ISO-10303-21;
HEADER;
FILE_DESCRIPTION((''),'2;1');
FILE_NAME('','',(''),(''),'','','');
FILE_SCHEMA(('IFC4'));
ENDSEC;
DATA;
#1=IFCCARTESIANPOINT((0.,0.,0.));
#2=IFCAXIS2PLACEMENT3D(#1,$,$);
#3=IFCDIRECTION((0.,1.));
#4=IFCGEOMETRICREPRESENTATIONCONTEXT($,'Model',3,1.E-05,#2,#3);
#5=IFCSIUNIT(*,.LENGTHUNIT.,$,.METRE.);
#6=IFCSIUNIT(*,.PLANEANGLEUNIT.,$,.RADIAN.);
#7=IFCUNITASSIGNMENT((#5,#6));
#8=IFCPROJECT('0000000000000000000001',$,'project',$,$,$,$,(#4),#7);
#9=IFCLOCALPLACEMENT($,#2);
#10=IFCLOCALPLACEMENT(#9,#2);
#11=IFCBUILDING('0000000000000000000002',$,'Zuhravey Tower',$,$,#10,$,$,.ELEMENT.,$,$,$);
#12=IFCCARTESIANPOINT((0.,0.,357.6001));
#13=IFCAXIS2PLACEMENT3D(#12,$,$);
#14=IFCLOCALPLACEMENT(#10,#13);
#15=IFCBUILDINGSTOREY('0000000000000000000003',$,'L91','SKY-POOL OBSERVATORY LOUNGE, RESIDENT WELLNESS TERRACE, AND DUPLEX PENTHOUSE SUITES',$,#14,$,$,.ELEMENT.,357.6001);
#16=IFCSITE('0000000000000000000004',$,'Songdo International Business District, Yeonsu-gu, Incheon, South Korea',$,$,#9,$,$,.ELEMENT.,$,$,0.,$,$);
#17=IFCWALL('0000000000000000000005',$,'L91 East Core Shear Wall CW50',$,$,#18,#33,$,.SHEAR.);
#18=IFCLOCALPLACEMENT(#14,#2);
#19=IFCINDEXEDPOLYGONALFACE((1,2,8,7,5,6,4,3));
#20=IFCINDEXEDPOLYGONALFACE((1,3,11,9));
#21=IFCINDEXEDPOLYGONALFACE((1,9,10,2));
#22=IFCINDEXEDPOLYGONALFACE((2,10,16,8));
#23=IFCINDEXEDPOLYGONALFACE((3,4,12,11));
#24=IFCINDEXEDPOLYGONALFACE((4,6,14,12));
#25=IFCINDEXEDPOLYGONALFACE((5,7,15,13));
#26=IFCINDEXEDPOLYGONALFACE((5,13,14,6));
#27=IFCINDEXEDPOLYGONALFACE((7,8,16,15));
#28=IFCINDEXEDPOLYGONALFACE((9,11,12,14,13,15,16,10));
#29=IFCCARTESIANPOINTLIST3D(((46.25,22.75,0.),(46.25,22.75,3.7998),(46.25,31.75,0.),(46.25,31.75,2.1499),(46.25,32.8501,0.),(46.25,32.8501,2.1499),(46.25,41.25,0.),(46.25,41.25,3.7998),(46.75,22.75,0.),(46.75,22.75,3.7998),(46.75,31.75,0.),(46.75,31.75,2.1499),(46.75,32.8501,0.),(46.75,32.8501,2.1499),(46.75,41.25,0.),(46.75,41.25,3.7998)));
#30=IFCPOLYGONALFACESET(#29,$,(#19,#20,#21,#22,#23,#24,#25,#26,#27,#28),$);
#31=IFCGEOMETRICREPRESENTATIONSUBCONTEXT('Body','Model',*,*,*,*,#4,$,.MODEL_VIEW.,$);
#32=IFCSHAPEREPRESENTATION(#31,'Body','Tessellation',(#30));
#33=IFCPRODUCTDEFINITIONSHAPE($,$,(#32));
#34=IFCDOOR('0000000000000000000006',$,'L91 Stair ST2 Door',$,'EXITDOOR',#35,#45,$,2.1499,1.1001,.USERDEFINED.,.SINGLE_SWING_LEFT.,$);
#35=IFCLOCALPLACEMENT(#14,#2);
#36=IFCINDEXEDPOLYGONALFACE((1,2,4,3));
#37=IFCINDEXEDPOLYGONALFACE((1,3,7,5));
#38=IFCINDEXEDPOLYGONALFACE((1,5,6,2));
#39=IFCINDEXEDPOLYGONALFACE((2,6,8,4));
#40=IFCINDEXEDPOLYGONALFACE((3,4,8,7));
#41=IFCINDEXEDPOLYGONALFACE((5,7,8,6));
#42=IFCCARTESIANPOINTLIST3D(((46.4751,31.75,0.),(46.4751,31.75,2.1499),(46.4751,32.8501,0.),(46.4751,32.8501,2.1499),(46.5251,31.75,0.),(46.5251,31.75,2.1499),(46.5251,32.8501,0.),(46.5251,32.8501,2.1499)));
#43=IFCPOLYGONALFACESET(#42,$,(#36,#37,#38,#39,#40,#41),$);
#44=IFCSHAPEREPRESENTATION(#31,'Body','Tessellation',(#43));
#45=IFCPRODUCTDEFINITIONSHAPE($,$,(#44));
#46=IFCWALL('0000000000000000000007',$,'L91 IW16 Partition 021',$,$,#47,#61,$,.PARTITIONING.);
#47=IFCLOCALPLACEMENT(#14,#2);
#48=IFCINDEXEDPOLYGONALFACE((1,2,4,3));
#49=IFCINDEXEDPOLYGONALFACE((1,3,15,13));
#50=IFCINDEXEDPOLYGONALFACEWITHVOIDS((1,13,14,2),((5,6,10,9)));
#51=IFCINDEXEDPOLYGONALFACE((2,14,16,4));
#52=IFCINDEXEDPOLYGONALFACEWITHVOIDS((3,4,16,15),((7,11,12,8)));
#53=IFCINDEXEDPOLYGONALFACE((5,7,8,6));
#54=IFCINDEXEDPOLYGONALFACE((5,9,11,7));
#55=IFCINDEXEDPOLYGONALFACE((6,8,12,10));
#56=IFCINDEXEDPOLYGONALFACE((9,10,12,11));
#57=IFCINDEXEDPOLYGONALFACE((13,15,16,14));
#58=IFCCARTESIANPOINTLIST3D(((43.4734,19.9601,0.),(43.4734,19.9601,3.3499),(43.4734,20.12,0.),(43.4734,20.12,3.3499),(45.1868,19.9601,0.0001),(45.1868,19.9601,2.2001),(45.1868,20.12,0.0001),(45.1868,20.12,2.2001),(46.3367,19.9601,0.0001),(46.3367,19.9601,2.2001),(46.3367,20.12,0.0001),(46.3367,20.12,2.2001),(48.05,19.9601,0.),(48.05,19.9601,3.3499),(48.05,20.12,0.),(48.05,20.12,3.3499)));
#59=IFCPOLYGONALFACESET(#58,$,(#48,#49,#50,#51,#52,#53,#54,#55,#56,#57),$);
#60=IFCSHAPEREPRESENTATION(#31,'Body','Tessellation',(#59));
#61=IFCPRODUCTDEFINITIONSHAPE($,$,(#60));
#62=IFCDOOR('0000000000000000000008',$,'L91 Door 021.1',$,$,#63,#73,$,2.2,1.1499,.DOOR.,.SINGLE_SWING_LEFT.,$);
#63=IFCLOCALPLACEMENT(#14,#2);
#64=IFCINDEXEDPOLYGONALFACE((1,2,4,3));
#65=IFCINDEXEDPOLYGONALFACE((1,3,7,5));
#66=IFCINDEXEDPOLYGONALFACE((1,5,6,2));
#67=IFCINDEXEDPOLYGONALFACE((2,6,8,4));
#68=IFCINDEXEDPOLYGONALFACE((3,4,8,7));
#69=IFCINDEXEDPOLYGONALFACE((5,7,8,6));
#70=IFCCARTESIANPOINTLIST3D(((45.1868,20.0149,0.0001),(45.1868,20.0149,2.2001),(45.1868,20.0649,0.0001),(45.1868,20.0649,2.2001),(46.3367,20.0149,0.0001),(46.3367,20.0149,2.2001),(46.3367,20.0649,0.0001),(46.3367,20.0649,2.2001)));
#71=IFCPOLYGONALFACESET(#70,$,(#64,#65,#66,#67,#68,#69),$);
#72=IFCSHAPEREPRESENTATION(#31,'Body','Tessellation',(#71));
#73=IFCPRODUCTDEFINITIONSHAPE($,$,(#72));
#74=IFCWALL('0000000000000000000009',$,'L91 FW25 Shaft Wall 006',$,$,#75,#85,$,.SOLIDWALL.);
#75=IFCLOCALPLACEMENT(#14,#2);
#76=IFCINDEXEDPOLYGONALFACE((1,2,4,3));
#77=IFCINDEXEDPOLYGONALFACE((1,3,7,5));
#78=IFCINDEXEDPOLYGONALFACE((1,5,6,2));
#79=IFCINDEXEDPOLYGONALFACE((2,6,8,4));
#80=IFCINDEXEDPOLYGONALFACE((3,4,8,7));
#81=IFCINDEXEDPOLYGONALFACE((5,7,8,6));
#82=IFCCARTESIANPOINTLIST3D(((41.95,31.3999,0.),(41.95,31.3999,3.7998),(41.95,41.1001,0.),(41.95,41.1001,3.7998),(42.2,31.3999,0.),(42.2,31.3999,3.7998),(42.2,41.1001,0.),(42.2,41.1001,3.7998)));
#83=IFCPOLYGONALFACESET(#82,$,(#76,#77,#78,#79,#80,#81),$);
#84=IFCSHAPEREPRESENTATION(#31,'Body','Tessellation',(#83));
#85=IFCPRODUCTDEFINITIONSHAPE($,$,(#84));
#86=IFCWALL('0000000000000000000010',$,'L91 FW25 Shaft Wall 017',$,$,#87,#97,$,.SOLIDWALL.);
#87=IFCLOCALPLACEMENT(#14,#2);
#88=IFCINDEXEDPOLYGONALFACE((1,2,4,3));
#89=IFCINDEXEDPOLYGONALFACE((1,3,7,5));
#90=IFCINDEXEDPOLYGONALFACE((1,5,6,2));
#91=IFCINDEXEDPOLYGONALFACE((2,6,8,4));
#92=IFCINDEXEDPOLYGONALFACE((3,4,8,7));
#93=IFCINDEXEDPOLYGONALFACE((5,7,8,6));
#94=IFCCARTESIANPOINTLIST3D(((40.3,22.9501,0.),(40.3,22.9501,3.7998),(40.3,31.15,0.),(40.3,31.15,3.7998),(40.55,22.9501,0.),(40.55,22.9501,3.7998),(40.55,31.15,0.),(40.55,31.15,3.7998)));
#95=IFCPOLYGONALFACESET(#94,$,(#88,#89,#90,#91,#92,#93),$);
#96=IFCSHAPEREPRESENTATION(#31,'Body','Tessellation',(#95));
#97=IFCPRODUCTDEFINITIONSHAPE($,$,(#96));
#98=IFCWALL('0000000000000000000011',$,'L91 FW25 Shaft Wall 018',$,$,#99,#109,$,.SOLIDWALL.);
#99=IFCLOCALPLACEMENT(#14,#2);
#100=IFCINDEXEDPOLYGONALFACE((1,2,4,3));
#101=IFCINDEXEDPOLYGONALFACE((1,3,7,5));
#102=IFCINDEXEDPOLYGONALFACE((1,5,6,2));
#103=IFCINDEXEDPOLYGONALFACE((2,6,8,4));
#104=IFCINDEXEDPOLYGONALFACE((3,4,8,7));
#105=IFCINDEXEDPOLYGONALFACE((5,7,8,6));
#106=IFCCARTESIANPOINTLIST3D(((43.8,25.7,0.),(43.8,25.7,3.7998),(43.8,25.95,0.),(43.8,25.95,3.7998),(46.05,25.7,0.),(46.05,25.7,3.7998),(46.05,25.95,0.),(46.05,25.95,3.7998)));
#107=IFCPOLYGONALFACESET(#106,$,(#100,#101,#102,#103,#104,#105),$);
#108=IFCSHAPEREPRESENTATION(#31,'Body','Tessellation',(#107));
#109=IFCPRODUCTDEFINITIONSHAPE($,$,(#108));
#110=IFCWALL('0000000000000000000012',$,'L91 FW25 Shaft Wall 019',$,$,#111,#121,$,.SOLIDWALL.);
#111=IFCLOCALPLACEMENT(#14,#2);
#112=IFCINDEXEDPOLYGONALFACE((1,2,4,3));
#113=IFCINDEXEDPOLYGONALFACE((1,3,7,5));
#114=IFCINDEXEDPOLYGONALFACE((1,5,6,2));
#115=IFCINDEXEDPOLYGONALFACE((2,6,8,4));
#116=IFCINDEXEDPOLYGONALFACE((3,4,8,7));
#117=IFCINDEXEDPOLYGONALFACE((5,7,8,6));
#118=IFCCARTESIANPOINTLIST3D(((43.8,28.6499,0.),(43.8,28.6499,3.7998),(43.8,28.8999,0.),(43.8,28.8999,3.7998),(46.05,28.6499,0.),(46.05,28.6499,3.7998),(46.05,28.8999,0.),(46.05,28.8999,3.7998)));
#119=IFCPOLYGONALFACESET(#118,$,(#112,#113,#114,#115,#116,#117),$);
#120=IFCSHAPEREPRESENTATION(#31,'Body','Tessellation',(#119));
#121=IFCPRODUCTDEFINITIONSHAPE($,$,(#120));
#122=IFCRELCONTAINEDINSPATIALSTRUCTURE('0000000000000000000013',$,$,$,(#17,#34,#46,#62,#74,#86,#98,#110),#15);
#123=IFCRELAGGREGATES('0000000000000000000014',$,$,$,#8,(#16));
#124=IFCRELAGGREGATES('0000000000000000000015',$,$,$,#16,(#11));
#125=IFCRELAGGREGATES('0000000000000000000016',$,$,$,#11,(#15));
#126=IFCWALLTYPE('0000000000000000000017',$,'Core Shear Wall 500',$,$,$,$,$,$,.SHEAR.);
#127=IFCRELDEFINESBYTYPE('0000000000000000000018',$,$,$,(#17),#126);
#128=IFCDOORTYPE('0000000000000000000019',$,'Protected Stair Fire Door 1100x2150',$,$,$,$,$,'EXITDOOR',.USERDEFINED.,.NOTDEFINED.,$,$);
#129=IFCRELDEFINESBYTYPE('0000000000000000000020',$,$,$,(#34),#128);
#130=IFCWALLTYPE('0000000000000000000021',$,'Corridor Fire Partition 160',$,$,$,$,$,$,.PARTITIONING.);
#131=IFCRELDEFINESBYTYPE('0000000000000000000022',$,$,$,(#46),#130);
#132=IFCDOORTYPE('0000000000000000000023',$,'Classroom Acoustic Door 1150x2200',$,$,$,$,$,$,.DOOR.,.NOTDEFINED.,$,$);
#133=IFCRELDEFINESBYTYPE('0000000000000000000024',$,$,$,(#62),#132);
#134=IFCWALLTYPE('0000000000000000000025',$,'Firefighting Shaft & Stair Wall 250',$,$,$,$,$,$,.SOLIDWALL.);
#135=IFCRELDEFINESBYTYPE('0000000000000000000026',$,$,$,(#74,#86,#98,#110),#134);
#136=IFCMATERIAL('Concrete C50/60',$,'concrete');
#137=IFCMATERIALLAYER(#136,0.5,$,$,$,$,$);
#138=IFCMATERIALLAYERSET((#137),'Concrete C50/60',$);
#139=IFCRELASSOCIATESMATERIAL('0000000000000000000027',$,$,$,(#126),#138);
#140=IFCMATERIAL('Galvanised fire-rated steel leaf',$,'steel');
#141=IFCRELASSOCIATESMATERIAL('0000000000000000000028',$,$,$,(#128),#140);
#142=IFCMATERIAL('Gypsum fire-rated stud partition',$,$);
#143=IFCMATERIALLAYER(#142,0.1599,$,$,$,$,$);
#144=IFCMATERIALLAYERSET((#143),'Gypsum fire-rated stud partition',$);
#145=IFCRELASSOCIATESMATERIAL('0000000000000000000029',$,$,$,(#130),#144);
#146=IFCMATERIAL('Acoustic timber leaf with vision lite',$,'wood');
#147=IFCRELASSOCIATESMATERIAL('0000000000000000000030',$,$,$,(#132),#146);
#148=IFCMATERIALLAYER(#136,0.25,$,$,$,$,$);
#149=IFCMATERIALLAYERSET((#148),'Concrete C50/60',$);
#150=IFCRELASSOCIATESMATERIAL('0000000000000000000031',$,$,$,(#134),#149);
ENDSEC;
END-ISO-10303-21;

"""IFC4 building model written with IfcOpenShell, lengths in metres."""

from ifc_helpers import new_model, si_unit, direction, frame, frame_2d, origin, place, context, subcontext, project, spatial, rectangle, extrude, material, layer, layer_set, type_object, element, fill, save


model = new_model("IFC4")

# Units and contexts
model_context = context("Model", 3, precision=1e-05, world=origin(), true_north=direction((0.0, 1.0)))
body_context = subcontext(model_context, "Body", "Model", "MODEL_VIEW")
ifc_project = project(units=[si_unit("LENGTHUNIT", "METRE"), si_unit("PLANEANGLEUNIT", "RADIAN")], contexts=[model_context])

# Site, building, storey
site_placement = place(None, origin())
site = spatial("IfcSite", under=ifc_project, at=site_placement, Name="Songdo International Business District, Yeonsu-gu, Incheon, South Korea", CompositionType="ELEMENT", RefElevation=0.0)
building_placement = place(site_placement, origin())
building = spatial("IfcBuilding", under=site, at=building_placement, Name="Zuhravey Tower", CompositionType="ELEMENT")
storey_placement = place(building_placement, frame((0.0, 0.0, 357.6001)))
storey = spatial("IfcBuildingStorey", under=building, at=storey_placement, Name="L91", Description="SKY-POOL OBSERVATORY LOUNGE, RESIDENT WELLNESS TERRACE, AND DUPLEX PENTHOUSE SUITES", CompositionType="ELEMENT", Elevation=357.6001)

# Walls, openings, doors
ifc_material_1 = material(Name="Concrete C50/60", Category="concrete")
ifc_layer_1 = layer(ifc_material_1, 0.5)
ifc_layer_set_1 = layer_set([ifc_layer_1], Name="Concrete C50/60")
wall_type_1 = type_object("IfcWallType", Name="Core Shear Wall 500", PredefinedType="SHEAR", material=ifc_layer_set_1)
wall_1_placement = place(storey_placement, frame((46.5, 22.75, 0.0), z_axis=(0.0, 0.0, 1.0), x_axis=(0.0, 1.0, 0.0)))
wall_1 = element("IfcWall", 1, at=wall_1_placement, inside=storey, type_object=wall_type_1, Name="L91 East Core Shear Wall CW50", PredefinedType="SHEAR", context=body_context, shape_type="SweptSolid", body=[
    extrude(rectangle(XDim=18.5, YDim=0.5, at=frame_2d((9.25, 0.0))), origin(), (0.0, 0.0, 1.0), 3.7998),
])
opening_1_placement = place(wall_1_placement, frame((9.0, 0.0, 0.0)))
opening_1 = element("IfcOpeningElement", 2, at=opening_1_placement, cuts=wall_1, PredefinedType="OPENING", context=body_context, shape_type="SweptSolid", body=[
    extrude(rectangle(XDim=1.1001, YDim=2.1499, at=frame_2d((0.55, 1.075))), frame((0.0, 0.262, 0.0), z_axis=(0.0, -1.0, 0.0), x_axis=(1.0, 0.0, 0.0)), (0.0, 0.0, 1.0), 0.5239),
])
ifc_material_2 = material(Name="Galvanised fire-rated steel leaf", Category="steel")
door_type_1 = type_object("IfcDoorType", Name="Protected Stair Fire Door 1100x2150", ElementType="EXITDOOR", OperationType="NOTDEFINED", PredefinedType="USERDEFINED", material=ifc_material_2)
door_1_placement = place(opening_1_placement, origin())
door_1 = element("IfcDoor", 3, at=door_1_placement, inside=storey, type_object=door_type_1, Name="L91 Stair ST2 Door", ObjectType="EXITDOOR", OperationType="SINGLE_SWING_LEFT", OverallHeight=2.1499, OverallWidth=1.1001, PredefinedType="USERDEFINED", context=body_context, shape_type="SweptSolid", body=[
    extrude(rectangle(XDim=1.1001, YDim=2.1499, at=frame_2d((0.55, 1.075))), frame((0.0, 0.0249, 0.0), z_axis=(0.0, -1.0, 0.0), x_axis=(1.0, 0.0, 0.0)), (0.0, 0.0, 1.0), 0.05),
])
fill(opening_1, door_1)
ifc_material_3 = material(Name="Gypsum fire-rated stud partition")
ifc_layer_2 = layer(ifc_material_3, 0.1599)
ifc_layer_set_2 = layer_set([ifc_layer_2], Name="Gypsum fire-rated stud partition")
wall_type_2 = type_object("IfcWallType", Name="Corridor Fire Partition 160", PredefinedType="PARTITIONING", material=ifc_layer_set_2)
wall_2_placement = place(storey_placement, frame((43.4734, 20.04, 0.0), z_axis=(0.0, 0.0, 1.0), x_axis=(1.0, 0.0, 0.0)))
wall_2 = element("IfcWall", 4, at=wall_2_placement, inside=storey, type_object=wall_type_2, Name="L91 IW16 Partition 021", PredefinedType="PARTITIONING", context=body_context, shape_type="SweptSolid", body=[
    extrude(rectangle(XDim=4.5767, YDim=0.1599, at=frame_2d((2.2883, 0.0))), origin(), (0.0, 0.0, 1.0), 3.3499),
])
opening_2_placement = place(wall_2_placement, frame((1.7134, 0.0, 0.0)))
opening_2 = element("IfcOpeningElement", 5, at=opening_2_placement, cuts=wall_2, PredefinedType="OPENING", context=body_context, shape_type="SweptSolid", body=[
    extrude(rectangle(XDim=1.1499, YDim=2.2, at=frame_2d((0.575, 1.1001))), frame((0.0, 0.092, 0.0), z_axis=(0.0, -1.0, 0.0), x_axis=(1.0, 0.0, 0.0)), (0.0, 0.0, 1.0), 0.1838),
])
ifc_material_4 = material(Name="Acoustic timber leaf with vision lite", Category="wood")
door_type_2 = type_object("IfcDoorType", Name="Classroom Acoustic Door 1150x2200", OperationType="NOTDEFINED", PredefinedType="DOOR", material=ifc_material_4)
door_2_placement = place(opening_2_placement, origin())
door_2 = element("IfcDoor", 6, at=door_2_placement, inside=storey, type_object=door_type_2, Name="L91 Door 021.1", OperationType="SINGLE_SWING_LEFT", OverallHeight=2.2, OverallWidth=1.1499, PredefinedType="DOOR", context=body_context, shape_type="SweptSolid", body=[
    extrude(rectangle(XDim=1.1499, YDim=2.2, at=frame_2d((0.575, 1.1001))), frame((0.0, 0.0249, 0.0), z_axis=(0.0, -1.0, 0.0), x_axis=(1.0, 0.0, 0.0)), (0.0, 0.0, 1.0), 0.05),
])
fill(opening_2, door_2)

# Walls
ifc_layer_3 = layer(ifc_material_1, 0.25)
ifc_layer_set_3 = layer_set([ifc_layer_3], Name="Concrete C50/60")
wall_type_3 = type_object("IfcWallType", Name="Firefighting Shaft & Stair Wall 250", PredefinedType="SOLIDWALL", material=ifc_layer_set_3)
wall_3_placement = place(storey_placement, frame((42.075, 31.3999, 0.0), z_axis=(0.0, 0.0, 1.0), x_axis=(0.0, 1.0, 0.0)))
element("IfcWall", 7, at=wall_3_placement, inside=storey, type_object=wall_type_3, Name="L91 FW25 Shaft Wall 006", PredefinedType="SOLIDWALL", context=body_context, shape_type="SweptSolid", body=[
    extrude(rectangle(XDim=9.7002, YDim=0.25, at=frame_2d((4.8501, 0.0))), origin(), (0.0, 0.0, 1.0), 3.7998),
])
wall_4_placement = place(storey_placement, frame((40.425, 22.95, 0.0), z_axis=(0.0, 0.0, 1.0), x_axis=(0.0, 1.0, 0.0)))
element("IfcWall", 8, at=wall_4_placement, inside=storey, type_object=wall_type_3, Name="L91 FW25 Shaft Wall 017", PredefinedType="SOLIDWALL", context=body_context, shape_type="SweptSolid", body=[
    extrude(rectangle(XDim=8.2, YDim=0.25, at=frame_2d((4.1001, 0.0))), origin(), (0.0, 0.0, 1.0), 3.7998),
])
for number, where, z_axis, x_axis, name in (
    (9, (43.8, 25.825, 0.0), (0.0, 0.0, 1.0), (1.0, 0.0, 0.0), "L91 FW25 Shaft Wall 018"),
    (10, (43.8, 28.7749, 0.0), (0.0, 0.0, 1.0), (1.0, 0.0, 0.0), "L91 FW25 Shaft Wall 019"),
):
    element("IfcWall", number, at=place(storey_placement, frame(where, z_axis=z_axis, x_axis=x_axis)), inside=storey, type_object=wall_type_3, Name=name, PredefinedType="SOLIDWALL", context=body_context, shape_type="SweptSolid", body=[
        extrude(rectangle(XDim=2.25, YDim=0.25, at=frame_2d((1.125, 0.0))), origin(), (0.0, 0.0, 1.0), 3.7998),
    ])

save(model, "model.ifc")
